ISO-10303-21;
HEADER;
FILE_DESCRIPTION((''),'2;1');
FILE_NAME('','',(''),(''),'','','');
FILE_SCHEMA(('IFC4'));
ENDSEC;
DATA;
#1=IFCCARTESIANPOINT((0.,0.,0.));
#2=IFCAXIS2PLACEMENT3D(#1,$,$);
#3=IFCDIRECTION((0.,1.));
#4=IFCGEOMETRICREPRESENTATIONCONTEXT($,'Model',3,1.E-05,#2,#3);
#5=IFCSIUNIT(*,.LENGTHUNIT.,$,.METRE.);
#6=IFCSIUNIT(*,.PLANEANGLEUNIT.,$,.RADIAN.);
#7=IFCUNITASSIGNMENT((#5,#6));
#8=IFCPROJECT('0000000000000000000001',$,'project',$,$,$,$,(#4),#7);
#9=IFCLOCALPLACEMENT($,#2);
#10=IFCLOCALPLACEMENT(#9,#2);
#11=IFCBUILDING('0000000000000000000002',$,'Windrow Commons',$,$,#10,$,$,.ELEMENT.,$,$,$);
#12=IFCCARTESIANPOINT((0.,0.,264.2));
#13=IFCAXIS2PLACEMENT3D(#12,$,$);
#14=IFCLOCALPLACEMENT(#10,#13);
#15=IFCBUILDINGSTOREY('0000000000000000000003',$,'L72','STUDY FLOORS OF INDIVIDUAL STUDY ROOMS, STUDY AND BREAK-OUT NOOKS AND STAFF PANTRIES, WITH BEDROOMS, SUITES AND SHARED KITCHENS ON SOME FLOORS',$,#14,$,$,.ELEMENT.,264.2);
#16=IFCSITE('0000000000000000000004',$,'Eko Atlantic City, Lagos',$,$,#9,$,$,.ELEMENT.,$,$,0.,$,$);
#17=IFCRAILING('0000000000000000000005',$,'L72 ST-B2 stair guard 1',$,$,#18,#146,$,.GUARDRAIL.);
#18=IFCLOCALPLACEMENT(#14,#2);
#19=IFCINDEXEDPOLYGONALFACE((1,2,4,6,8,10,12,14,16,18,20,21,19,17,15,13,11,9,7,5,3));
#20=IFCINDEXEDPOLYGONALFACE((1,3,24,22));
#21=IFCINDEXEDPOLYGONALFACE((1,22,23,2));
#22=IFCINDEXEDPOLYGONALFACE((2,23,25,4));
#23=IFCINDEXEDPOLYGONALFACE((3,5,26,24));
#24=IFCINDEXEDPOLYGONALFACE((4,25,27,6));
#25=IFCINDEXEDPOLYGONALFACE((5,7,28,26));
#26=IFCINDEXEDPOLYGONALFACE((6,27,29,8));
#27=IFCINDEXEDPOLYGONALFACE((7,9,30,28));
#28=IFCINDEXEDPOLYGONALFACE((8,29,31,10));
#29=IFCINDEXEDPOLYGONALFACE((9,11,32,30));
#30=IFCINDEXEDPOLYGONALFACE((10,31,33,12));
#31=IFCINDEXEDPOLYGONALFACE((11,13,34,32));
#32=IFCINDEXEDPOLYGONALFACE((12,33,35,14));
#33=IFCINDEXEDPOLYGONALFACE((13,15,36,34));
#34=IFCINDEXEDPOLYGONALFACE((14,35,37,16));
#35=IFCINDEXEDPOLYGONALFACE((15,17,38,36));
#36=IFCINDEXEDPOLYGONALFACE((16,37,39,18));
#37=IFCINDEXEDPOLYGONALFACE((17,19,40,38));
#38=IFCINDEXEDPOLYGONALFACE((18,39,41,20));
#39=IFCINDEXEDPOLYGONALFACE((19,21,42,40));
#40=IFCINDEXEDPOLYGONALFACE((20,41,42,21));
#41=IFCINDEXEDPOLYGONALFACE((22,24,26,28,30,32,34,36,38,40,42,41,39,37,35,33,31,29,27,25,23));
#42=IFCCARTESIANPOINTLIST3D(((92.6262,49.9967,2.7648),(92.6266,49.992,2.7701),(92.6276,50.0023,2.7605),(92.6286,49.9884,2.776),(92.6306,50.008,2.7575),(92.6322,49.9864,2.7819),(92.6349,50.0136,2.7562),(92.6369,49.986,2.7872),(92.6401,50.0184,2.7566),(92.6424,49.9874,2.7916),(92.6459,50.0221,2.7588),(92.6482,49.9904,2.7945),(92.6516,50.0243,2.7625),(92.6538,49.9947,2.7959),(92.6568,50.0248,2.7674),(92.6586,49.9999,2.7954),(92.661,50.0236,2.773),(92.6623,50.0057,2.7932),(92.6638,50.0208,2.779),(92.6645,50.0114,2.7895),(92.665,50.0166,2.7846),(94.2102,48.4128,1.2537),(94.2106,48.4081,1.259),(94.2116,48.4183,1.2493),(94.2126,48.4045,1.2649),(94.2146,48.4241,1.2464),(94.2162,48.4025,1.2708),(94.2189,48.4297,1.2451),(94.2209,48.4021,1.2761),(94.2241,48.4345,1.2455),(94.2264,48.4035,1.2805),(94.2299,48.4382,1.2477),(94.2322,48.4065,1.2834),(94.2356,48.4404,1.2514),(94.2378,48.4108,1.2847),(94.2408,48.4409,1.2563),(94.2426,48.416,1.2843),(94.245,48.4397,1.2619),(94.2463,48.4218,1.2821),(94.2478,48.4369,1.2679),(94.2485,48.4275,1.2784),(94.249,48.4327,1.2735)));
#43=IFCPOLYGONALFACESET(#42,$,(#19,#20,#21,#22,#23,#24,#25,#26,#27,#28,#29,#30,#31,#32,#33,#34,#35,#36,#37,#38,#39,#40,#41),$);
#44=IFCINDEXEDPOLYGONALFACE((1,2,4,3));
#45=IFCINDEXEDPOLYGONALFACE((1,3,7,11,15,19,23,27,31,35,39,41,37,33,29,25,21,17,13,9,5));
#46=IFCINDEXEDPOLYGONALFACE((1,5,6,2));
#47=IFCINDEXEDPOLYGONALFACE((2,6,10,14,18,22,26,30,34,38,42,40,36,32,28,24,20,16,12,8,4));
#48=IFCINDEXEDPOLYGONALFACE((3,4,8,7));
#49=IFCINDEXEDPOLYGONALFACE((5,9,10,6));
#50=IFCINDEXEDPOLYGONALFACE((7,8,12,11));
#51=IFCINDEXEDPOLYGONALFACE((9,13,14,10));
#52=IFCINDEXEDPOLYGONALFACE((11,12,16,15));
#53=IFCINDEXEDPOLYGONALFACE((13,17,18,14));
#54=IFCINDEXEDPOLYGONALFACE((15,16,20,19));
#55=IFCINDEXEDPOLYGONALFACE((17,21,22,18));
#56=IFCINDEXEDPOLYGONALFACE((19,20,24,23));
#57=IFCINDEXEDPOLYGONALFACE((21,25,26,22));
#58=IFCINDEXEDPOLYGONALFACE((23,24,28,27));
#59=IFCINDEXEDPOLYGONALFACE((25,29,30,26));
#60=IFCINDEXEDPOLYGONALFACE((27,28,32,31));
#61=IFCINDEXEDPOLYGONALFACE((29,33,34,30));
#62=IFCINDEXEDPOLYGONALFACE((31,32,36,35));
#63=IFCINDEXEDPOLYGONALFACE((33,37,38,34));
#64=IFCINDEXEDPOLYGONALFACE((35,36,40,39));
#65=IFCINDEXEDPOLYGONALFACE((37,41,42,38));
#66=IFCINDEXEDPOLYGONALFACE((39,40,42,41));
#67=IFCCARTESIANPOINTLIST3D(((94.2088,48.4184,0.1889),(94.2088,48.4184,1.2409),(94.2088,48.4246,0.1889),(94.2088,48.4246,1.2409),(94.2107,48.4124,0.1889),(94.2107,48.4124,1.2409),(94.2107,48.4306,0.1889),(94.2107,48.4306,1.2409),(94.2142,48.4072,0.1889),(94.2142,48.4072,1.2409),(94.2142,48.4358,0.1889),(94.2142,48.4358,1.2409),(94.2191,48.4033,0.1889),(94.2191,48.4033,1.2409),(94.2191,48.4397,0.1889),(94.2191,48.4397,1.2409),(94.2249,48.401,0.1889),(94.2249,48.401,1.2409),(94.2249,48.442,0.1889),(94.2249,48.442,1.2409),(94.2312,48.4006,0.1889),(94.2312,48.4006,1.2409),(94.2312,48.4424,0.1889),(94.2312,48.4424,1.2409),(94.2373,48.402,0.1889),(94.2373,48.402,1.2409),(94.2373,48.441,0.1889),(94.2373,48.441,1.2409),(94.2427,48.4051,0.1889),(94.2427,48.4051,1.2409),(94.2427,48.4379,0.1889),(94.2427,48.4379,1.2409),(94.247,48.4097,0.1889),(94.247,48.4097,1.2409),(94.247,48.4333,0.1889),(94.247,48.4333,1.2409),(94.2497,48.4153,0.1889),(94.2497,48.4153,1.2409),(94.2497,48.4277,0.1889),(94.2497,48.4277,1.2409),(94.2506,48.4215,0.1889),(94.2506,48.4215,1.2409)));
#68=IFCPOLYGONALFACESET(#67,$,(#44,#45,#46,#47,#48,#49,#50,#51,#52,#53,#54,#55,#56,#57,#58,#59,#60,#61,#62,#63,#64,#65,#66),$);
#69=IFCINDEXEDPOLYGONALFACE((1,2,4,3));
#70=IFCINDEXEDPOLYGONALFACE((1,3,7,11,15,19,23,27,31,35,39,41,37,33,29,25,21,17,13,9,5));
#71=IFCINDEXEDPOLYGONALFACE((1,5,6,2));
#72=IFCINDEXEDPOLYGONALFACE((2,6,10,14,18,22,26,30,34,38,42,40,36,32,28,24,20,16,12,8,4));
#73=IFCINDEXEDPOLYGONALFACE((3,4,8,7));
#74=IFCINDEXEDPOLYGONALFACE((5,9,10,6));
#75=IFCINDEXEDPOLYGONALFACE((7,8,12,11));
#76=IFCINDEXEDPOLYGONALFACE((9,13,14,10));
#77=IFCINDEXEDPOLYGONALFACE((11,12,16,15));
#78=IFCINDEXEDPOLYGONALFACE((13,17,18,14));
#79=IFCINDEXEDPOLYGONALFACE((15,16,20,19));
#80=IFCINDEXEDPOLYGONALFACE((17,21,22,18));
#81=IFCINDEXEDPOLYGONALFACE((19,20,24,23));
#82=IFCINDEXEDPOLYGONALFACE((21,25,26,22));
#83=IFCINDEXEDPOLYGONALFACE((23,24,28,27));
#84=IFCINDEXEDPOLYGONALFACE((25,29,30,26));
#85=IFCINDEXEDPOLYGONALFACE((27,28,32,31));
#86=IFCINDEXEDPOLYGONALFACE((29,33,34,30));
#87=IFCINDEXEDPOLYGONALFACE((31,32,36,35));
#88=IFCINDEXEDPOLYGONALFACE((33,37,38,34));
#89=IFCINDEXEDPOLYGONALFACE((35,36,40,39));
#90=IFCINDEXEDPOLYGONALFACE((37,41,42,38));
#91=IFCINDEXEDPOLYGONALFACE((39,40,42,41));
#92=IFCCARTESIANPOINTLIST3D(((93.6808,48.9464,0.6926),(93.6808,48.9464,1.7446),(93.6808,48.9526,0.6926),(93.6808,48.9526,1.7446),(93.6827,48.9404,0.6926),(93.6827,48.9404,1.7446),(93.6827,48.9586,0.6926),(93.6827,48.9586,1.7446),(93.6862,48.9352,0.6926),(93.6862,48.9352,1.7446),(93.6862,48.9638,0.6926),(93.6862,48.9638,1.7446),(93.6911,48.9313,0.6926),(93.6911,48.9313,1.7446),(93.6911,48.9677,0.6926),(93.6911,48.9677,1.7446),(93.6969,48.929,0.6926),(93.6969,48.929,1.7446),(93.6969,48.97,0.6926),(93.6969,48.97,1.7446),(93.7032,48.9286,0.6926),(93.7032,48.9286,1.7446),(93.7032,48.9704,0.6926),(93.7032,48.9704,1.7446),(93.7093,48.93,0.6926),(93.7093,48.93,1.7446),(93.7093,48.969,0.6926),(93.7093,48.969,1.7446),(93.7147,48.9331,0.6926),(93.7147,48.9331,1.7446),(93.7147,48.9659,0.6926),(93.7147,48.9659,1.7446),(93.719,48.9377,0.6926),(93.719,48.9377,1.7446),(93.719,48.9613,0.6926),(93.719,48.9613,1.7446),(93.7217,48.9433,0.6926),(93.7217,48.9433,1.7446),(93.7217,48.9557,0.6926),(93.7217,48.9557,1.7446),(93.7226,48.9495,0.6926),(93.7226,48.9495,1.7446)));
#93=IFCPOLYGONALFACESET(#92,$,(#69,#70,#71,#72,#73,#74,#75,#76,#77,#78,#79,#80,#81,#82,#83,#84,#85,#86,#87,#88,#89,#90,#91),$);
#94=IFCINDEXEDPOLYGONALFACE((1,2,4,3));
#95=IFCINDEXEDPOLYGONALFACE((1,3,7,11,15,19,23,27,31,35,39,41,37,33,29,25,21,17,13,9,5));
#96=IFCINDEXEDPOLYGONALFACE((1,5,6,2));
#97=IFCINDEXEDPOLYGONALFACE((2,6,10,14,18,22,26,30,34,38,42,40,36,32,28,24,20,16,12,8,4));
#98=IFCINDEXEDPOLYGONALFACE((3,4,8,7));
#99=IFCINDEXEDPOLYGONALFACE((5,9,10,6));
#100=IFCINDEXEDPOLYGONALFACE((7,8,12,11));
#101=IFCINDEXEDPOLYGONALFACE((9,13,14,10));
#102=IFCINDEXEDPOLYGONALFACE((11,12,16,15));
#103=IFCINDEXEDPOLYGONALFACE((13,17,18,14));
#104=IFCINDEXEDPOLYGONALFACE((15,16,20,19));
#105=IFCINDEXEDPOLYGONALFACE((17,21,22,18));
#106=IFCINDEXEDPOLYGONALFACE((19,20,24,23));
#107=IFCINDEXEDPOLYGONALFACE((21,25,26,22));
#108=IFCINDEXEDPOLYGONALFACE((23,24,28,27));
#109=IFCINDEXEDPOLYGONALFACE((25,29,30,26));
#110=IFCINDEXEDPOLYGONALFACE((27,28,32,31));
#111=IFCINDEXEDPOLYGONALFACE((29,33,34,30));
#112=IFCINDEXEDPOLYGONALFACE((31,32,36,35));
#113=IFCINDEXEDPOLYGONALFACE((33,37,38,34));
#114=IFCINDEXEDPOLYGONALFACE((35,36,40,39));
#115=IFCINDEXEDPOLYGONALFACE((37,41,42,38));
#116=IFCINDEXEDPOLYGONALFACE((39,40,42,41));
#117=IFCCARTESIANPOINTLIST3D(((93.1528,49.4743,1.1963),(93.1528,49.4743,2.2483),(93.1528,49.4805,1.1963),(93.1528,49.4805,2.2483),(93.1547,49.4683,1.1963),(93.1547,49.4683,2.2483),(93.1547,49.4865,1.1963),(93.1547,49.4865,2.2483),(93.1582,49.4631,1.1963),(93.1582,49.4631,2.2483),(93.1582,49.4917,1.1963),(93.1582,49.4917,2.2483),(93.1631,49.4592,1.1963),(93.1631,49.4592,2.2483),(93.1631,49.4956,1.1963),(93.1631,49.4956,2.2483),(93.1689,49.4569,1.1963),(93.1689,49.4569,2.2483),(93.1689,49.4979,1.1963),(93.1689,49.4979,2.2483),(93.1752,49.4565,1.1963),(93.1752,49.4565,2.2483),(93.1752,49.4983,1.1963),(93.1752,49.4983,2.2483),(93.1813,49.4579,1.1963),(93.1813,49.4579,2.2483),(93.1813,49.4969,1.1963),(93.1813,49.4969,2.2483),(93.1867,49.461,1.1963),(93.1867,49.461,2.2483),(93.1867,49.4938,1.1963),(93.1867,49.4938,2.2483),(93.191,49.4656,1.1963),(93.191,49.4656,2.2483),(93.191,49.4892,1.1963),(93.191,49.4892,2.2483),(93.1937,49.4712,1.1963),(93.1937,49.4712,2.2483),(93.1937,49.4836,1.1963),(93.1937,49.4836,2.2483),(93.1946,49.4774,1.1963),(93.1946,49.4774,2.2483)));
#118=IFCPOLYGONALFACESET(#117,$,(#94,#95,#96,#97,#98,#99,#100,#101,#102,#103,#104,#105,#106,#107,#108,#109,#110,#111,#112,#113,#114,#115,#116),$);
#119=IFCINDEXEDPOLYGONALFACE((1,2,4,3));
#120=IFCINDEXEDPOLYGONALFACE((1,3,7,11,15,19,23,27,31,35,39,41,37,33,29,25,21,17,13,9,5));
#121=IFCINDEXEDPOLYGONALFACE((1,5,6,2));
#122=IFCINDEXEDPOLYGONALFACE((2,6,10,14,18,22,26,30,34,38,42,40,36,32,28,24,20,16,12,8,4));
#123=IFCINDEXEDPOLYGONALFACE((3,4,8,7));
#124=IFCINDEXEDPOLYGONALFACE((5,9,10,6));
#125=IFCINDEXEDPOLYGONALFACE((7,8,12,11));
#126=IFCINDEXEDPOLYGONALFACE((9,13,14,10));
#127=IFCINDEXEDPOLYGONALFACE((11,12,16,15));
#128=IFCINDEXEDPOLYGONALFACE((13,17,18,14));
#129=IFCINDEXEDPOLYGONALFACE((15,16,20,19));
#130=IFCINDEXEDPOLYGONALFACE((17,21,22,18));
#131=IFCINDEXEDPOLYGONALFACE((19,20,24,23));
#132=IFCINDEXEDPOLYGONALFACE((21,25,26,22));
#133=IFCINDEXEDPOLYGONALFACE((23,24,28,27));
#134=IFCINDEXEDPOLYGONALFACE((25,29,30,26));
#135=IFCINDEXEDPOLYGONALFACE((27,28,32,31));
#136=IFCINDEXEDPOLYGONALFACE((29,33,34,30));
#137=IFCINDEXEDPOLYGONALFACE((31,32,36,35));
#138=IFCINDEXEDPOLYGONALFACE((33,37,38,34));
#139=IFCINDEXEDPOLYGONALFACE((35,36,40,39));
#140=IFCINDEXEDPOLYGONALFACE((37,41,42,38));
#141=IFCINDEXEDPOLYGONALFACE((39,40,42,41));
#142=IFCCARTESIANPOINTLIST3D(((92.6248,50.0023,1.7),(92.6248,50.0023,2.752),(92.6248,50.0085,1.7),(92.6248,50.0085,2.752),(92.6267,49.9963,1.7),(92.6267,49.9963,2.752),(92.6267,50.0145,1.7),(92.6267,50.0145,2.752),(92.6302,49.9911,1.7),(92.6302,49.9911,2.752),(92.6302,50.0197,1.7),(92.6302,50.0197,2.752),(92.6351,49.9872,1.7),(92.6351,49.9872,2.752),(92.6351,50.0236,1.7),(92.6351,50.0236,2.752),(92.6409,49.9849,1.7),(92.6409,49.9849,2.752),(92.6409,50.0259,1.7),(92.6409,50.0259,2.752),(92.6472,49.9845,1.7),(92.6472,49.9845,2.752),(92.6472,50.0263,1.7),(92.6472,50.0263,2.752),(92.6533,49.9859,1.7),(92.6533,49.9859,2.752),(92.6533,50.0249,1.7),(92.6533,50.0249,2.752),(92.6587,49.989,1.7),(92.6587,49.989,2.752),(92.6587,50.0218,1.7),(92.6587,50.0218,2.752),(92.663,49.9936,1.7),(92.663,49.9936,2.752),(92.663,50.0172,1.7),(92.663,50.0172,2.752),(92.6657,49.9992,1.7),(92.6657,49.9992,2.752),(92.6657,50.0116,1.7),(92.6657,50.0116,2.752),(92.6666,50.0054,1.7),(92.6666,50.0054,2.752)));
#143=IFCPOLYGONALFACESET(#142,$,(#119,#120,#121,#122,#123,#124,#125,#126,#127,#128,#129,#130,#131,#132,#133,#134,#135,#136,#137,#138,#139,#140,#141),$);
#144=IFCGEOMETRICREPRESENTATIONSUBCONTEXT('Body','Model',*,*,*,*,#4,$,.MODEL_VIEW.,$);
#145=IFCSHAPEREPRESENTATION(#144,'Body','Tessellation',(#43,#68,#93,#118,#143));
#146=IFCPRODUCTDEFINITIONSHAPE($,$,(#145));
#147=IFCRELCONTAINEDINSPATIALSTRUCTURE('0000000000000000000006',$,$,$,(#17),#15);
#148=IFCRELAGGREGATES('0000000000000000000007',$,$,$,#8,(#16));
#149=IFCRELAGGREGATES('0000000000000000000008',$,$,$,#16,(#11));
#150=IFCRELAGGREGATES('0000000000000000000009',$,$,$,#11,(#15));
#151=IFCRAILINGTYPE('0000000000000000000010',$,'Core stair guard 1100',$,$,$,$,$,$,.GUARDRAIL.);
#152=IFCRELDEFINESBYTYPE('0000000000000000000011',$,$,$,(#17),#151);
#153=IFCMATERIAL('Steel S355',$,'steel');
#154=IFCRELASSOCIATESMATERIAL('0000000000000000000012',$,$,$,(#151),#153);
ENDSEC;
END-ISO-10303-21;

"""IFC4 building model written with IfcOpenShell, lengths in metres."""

from ifc_helpers import new_model, si_unit, direction, frame, origin, origin_2d, place, context, subcontext, project, spatial, circle, extrude, material, type_object, element, save


model = new_model("IFC4")

# Units and contexts
model_context = context("Model", 3, precision=1e-05, world=origin(), true_north=direction((0.0, 1.0)))
body_context = subcontext(model_context, "Body", "Model", "MODEL_VIEW")
ifc_project = project(units=[si_unit("LENGTHUNIT", "METRE"), si_unit("PLANEANGLEUNIT", "RADIAN")], contexts=[model_context])

# Site, building, storey
site_placement = place(None, origin())
site = spatial("IfcSite", under=ifc_project, at=site_placement, Name="Eko Atlantic City, Lagos", CompositionType="ELEMENT", RefElevation=0.0)
building_placement = place(site_placement, origin())
building = spatial("IfcBuilding", under=site, at=building_placement, Name="Windrow Commons", CompositionType="ELEMENT")
storey_placement = place(building_placement, frame((0.0, 0.0, 264.2)))
storey = spatial("IfcBuildingStorey", under=building, at=storey_placement, Name="L72", Description="STUDY FLOORS OF INDIVIDUAL STUDY ROOMS, STUDY AND BREAK-OUT NOOKS AND STAFF PANTRIES, WITH BEDROOMS, SUITES AND SHARED KITCHENS ON SOME FLOORS", CompositionType="ELEMENT", Elevation=264.2)

# Railing
ifc_material_1 = material(Name="Steel S355", Category="steel")
railing_type_1 = type_object("IfcRailingType", Name="Core stair guard 1100", PredefinedType="GUARDRAIL", material=ifc_material_1)
railing_1_placement = place(storey_placement, frame((94.2296, 48.4215, 0.1889)))
element("IfcRailing", 1, at=railing_1_placement, inside=storey, type_object=railing_type_1, Name="L72 ST-B2 stair guard 1", PredefinedType="GUARDRAIL", context=body_context, shape_type="SweptSolid", body=[
    extrude(circle(Radius=0.024, at=origin_2d()), frame((0.0, 0.0, 1.076), z_axis=(-0.586216, 0.586179, 0.559237), x_axis=(-0.707084, -0.707129, 0.0)), (0.0, 0.0, 1.0), 2.7021),
    extrude(circle(Radius=0.021, at=origin_2d()), origin(), (0.0, 0.0, 1.0), 1.052),
    extrude(circle(Radius=0.021, at=origin_2d()), frame((-0.528, 0.528, 0.5037)), (0.0, 0.0, 1.0), 1.052),
    extrude(circle(Radius=0.021, at=origin_2d()), frame((-1.056, 1.0559, 1.0074)), (0.0, 0.0, 1.0), 1.052),
    extrude(circle(Radius=0.021, at=origin_2d()), frame((-1.584, 1.5839, 1.5111)), (0.0, 0.0, 1.0), 1.052),
])

save(model, "model.ifc")
